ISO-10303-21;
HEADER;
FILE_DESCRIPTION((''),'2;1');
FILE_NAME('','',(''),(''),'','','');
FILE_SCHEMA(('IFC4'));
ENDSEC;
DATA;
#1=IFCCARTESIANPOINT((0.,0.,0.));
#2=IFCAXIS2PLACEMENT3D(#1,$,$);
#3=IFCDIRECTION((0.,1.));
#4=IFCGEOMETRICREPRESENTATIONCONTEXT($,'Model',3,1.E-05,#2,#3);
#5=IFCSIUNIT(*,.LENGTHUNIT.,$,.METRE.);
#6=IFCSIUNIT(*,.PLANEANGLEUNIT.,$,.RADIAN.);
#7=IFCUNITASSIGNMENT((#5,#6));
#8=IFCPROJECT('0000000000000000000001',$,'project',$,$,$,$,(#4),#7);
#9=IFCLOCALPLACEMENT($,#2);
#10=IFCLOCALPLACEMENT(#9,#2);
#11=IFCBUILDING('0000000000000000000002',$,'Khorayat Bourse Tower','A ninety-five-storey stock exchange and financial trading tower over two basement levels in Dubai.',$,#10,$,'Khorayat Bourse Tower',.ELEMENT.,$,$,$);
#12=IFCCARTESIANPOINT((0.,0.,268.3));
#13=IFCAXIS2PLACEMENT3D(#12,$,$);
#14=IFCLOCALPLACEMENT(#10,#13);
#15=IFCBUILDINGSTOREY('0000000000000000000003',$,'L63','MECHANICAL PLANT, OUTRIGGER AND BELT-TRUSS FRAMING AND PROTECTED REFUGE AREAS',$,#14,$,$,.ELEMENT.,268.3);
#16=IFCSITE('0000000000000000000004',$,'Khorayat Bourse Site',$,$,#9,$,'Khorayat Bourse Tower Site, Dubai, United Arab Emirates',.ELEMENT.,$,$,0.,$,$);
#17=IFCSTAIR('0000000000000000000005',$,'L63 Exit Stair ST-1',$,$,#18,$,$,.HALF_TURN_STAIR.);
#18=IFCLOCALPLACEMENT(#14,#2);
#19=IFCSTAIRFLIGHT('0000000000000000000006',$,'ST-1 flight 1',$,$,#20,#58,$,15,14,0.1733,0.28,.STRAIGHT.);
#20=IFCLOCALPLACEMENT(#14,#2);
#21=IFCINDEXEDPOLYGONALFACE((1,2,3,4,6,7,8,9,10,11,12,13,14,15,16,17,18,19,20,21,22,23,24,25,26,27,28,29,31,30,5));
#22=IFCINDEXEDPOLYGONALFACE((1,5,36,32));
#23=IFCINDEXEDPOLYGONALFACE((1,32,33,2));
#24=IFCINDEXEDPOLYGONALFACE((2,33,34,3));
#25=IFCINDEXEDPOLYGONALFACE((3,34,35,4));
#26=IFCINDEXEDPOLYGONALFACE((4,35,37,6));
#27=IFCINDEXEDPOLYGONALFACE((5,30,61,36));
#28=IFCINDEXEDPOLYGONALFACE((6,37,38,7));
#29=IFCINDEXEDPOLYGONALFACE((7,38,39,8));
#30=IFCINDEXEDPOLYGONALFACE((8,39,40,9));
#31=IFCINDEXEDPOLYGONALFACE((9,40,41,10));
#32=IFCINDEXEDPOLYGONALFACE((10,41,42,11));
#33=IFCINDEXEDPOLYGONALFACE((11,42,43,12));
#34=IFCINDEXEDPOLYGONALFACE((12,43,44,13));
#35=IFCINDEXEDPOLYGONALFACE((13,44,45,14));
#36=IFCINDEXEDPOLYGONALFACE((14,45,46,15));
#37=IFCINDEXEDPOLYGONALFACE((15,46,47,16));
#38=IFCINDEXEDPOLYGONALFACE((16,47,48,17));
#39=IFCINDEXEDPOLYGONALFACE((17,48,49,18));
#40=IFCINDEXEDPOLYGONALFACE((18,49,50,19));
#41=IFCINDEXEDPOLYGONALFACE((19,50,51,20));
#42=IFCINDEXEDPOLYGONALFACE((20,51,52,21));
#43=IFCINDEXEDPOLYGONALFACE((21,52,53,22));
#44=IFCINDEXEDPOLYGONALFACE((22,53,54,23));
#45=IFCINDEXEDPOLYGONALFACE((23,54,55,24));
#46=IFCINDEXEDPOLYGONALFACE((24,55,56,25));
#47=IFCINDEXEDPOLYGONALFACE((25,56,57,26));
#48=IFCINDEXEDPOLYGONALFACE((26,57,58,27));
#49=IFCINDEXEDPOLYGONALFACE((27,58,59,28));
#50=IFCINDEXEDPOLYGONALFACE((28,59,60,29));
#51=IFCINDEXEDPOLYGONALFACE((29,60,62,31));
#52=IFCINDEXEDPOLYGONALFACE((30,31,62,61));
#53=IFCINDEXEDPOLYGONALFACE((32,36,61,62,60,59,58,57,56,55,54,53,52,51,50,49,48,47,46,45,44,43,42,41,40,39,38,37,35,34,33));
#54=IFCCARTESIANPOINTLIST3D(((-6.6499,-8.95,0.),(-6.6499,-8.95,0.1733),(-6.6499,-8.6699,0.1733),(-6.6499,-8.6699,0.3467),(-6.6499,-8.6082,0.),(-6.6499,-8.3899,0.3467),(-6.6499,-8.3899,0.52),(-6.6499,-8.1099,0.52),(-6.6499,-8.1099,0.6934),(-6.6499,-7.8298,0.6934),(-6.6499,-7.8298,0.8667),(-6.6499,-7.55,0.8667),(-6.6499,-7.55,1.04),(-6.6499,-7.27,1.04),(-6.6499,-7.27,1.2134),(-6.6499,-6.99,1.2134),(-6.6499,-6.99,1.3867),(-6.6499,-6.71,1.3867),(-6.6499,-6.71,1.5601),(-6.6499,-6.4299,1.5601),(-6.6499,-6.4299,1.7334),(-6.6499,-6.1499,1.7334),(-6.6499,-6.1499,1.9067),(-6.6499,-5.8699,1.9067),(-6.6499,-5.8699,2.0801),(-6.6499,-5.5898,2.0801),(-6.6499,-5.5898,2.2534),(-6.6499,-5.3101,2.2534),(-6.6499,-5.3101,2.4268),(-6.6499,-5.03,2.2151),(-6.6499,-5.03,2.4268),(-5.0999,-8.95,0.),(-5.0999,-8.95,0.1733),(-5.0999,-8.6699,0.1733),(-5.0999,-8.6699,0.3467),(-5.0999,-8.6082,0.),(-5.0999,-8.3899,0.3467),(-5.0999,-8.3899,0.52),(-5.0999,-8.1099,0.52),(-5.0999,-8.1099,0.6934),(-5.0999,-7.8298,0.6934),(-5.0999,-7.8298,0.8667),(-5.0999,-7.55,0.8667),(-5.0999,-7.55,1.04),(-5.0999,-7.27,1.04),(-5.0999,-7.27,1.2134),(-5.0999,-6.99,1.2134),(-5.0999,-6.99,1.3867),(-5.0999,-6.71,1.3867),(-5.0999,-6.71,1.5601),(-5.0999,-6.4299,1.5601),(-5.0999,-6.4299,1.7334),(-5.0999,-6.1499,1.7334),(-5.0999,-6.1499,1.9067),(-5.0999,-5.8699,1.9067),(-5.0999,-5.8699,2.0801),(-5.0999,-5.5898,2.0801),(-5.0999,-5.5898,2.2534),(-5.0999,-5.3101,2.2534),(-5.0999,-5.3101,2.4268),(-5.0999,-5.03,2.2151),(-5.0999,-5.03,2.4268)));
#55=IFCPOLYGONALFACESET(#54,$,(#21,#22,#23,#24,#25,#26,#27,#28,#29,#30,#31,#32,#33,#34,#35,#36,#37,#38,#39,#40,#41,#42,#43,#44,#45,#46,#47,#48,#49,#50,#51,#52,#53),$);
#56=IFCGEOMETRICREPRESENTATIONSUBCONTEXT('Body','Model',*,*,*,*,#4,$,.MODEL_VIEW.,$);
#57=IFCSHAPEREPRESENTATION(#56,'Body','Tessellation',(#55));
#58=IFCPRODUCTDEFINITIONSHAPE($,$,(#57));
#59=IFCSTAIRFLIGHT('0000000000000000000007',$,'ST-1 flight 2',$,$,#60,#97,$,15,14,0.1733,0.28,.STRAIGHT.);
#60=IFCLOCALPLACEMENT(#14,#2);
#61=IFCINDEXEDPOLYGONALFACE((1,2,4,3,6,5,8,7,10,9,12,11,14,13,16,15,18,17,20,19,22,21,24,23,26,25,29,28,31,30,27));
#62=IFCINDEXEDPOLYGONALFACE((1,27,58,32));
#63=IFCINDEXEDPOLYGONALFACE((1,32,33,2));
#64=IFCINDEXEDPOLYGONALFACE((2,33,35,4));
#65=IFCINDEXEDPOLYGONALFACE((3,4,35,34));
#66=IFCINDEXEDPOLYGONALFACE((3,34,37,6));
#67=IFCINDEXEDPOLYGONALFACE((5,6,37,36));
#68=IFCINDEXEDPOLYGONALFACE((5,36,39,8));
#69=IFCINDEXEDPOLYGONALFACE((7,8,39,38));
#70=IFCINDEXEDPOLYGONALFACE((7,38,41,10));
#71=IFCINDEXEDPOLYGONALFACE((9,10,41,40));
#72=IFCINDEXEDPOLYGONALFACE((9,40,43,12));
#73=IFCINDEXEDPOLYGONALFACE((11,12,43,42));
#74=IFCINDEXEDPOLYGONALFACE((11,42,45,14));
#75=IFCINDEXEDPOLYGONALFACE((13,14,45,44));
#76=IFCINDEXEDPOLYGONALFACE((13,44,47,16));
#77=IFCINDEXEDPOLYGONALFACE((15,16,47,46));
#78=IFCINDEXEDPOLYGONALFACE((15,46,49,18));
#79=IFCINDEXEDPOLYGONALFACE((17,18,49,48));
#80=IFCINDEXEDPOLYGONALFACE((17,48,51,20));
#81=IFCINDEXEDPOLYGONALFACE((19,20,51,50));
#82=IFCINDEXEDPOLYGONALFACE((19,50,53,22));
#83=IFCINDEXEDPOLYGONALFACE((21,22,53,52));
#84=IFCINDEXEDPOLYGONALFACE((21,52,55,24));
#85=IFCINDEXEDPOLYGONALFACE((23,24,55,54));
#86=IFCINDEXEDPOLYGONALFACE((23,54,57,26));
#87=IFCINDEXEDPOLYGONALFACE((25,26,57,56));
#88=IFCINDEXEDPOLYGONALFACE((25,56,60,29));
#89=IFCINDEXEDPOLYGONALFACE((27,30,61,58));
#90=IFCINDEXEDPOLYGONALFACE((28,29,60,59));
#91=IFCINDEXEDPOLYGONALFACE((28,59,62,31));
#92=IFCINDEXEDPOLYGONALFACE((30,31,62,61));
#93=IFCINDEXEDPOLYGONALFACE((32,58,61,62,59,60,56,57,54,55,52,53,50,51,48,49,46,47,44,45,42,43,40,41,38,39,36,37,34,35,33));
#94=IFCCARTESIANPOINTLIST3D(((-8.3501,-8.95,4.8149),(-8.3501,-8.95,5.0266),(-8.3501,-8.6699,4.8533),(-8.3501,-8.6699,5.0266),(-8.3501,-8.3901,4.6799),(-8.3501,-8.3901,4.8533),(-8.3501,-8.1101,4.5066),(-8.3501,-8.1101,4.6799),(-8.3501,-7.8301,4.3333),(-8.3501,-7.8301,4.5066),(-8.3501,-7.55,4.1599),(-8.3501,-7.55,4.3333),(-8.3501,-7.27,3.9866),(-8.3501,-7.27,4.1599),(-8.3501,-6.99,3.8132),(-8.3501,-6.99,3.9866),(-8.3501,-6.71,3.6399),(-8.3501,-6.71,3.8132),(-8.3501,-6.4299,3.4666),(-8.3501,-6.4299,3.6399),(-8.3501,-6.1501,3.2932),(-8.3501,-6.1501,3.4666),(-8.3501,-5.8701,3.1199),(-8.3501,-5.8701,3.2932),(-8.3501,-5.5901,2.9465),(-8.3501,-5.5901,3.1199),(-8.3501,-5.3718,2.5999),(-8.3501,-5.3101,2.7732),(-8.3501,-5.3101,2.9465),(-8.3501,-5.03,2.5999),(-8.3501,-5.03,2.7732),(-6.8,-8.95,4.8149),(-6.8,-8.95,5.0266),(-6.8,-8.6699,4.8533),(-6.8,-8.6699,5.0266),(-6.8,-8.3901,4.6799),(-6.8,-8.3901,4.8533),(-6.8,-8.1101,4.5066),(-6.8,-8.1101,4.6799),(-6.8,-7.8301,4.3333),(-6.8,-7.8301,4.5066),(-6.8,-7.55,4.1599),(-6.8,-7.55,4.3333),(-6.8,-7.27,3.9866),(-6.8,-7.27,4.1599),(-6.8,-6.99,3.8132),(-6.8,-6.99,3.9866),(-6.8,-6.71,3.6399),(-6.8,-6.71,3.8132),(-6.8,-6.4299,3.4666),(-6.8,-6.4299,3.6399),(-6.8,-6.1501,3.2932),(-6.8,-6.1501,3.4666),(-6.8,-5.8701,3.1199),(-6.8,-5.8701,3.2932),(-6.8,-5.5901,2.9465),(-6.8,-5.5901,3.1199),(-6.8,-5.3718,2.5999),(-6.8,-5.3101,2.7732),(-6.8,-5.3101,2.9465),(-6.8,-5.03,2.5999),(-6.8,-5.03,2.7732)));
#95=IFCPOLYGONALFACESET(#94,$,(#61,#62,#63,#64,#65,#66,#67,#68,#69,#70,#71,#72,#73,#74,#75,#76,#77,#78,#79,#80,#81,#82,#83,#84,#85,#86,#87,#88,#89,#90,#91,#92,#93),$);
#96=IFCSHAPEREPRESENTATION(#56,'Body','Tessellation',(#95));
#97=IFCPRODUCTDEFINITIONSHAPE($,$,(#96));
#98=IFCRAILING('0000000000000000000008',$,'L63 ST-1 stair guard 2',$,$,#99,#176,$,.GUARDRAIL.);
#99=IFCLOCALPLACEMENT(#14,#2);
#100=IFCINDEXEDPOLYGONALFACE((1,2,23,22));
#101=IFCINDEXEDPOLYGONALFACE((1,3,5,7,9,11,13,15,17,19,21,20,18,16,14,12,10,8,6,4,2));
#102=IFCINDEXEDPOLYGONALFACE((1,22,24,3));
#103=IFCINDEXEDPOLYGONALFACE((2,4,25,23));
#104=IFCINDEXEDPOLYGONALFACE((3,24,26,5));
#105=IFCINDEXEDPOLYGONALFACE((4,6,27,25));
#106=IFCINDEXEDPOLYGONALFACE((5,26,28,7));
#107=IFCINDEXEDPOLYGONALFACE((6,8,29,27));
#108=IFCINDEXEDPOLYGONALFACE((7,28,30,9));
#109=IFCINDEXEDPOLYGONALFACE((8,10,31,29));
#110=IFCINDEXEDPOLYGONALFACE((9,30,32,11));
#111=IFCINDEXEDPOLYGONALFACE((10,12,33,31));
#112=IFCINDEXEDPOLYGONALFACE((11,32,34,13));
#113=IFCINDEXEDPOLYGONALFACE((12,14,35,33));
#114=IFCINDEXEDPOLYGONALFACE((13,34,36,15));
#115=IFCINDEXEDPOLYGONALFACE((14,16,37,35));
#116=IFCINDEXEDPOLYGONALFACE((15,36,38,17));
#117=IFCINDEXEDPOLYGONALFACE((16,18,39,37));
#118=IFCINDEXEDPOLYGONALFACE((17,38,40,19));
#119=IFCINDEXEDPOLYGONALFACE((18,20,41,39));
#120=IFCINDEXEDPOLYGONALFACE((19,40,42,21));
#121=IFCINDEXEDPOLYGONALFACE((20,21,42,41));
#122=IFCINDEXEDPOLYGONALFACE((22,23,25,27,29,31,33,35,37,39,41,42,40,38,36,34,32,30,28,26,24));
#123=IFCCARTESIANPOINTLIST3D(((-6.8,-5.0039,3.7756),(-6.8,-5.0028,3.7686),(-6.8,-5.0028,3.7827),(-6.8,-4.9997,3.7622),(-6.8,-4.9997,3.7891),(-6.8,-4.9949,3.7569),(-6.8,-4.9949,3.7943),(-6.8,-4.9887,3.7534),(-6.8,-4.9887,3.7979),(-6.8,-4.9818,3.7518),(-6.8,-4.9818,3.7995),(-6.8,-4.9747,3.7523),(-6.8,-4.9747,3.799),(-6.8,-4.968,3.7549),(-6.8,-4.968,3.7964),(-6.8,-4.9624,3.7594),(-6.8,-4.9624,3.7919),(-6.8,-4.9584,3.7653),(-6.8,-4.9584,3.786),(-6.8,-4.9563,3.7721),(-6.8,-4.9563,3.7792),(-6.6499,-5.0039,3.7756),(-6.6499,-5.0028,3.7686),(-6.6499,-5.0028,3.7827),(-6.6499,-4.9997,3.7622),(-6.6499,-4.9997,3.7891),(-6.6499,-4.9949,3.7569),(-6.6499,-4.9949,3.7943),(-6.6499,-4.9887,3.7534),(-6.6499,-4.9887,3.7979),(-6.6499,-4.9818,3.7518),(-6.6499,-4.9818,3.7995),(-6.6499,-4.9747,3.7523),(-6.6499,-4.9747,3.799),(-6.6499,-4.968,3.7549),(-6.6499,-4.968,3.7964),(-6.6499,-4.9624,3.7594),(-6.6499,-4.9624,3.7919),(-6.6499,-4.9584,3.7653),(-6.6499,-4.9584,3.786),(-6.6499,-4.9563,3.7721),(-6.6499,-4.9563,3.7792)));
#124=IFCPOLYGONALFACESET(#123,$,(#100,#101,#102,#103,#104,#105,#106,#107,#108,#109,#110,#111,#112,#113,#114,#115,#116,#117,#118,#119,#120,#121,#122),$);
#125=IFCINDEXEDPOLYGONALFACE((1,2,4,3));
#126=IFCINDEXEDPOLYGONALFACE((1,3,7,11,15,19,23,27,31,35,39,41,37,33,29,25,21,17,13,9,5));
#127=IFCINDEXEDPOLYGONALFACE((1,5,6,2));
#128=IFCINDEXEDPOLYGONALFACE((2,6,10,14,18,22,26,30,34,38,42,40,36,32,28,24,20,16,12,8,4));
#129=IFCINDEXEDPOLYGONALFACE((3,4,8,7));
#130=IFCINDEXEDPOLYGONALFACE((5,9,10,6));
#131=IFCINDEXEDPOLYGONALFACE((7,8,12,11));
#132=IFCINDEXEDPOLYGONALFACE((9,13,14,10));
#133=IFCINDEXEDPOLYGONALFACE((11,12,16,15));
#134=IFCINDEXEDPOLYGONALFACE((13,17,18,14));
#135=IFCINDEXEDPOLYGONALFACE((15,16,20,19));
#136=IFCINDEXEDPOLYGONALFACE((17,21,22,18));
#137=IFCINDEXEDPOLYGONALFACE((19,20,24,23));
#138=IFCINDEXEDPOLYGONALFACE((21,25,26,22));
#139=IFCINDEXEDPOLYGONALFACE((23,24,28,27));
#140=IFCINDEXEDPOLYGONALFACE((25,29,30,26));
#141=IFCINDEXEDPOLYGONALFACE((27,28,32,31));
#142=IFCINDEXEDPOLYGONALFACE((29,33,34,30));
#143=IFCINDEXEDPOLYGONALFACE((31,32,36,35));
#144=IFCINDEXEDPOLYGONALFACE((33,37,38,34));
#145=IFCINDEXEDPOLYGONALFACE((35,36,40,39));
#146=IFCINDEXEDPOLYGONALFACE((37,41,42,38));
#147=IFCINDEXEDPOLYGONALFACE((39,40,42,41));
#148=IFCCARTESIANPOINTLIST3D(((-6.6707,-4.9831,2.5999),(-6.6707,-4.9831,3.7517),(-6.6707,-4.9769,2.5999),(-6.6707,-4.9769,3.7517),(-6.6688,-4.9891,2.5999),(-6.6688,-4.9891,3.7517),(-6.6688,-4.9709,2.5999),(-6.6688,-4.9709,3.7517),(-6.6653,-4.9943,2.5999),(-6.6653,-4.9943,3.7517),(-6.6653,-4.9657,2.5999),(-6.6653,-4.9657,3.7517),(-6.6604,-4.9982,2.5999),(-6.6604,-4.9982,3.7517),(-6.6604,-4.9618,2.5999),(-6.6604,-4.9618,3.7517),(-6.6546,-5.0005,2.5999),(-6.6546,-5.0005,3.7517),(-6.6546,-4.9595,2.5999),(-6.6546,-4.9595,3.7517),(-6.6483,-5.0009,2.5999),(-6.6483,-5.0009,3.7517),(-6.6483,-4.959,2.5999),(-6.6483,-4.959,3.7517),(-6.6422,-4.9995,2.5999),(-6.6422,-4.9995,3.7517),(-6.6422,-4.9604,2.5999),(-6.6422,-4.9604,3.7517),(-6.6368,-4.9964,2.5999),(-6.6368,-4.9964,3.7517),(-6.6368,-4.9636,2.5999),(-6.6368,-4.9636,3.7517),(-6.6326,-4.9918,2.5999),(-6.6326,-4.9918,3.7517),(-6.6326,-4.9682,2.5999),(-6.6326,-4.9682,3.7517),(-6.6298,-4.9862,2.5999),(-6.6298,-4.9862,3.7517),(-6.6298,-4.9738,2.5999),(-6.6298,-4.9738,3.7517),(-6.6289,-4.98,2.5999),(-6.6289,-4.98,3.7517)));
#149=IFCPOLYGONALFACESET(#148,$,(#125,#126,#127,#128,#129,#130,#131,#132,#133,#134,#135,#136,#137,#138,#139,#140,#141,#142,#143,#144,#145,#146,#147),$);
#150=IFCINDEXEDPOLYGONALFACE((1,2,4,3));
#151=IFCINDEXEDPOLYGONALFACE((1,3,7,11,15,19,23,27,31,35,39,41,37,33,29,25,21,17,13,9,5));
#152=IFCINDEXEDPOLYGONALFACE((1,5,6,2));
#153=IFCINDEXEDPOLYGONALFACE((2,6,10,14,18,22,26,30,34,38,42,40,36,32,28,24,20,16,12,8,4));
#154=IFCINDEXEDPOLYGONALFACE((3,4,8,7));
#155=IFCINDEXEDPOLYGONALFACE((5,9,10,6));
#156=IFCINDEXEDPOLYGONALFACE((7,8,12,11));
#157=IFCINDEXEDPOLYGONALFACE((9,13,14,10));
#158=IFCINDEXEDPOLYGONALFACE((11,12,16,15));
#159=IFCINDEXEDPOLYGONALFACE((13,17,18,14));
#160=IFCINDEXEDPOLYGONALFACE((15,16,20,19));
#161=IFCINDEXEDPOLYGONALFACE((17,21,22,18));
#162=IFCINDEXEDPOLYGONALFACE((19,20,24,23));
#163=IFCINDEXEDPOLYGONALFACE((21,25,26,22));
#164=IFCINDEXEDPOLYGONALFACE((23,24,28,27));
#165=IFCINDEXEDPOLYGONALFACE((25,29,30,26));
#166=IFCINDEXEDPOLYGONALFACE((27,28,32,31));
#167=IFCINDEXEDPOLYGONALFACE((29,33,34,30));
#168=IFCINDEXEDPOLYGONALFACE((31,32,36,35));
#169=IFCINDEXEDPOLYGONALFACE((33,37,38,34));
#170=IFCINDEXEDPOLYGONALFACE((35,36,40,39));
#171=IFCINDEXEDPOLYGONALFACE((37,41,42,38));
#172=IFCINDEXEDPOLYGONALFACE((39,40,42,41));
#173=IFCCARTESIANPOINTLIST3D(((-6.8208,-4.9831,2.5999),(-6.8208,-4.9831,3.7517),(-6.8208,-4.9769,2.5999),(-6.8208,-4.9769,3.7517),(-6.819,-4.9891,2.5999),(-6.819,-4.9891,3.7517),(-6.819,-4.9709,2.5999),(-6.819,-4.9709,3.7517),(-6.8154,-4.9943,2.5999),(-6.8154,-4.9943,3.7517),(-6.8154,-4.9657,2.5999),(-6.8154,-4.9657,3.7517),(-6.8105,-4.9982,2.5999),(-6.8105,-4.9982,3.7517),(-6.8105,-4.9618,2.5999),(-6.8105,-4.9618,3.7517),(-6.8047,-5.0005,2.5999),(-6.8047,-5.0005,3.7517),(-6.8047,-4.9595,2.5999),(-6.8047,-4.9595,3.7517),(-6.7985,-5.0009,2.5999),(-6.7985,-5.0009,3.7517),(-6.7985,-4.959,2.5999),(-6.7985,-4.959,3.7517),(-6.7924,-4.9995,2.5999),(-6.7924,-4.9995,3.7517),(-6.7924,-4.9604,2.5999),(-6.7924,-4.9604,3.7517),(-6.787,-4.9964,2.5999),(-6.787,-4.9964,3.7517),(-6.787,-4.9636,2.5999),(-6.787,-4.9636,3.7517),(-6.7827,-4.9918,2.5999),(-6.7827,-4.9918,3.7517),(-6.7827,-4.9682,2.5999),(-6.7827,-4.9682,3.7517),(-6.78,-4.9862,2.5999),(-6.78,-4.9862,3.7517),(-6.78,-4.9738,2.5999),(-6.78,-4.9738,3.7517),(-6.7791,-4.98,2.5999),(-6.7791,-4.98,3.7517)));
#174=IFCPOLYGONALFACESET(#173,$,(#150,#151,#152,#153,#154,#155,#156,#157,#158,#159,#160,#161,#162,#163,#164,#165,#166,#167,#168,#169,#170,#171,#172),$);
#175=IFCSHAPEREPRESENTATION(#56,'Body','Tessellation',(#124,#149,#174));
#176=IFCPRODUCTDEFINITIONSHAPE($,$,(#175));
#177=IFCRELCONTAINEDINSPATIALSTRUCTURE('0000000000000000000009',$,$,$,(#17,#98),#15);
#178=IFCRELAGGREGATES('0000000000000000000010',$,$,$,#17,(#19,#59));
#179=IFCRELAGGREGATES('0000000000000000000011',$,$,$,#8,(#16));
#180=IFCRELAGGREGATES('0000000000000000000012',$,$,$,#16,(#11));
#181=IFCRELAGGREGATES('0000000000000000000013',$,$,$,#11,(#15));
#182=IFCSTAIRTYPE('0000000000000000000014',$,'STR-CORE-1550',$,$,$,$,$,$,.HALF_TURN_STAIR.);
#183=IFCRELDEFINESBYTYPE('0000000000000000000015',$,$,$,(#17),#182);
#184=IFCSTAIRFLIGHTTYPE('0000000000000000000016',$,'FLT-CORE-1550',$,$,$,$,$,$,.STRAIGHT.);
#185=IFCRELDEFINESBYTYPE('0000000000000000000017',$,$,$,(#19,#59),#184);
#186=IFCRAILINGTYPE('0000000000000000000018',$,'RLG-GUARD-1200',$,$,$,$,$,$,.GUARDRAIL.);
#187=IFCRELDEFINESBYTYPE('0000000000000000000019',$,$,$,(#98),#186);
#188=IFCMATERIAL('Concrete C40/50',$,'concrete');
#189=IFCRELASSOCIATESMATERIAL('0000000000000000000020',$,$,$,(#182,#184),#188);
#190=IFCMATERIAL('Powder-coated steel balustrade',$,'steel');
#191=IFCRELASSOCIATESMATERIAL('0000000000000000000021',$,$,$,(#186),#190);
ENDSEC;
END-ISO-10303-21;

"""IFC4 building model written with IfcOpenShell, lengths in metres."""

from ifc_helpers import new_model, si_unit, direction, frame, origin, origin_2d, place, context, subcontext, project, spatial, polyline, circle, outline, extrude, source, transform, mapped, material, type_object, element, aggregate, save


model = new_model("IFC4")

# Units and contexts
model_context = context("Model", 3, precision=1e-05, world=origin(), true_north=direction((0.0, 1.0)))
body_context = subcontext(model_context, "Body", "Model", "MODEL_VIEW")
ifc_project = project(units=[si_unit("LENGTHUNIT", "METRE"), si_unit("PLANEANGLEUNIT", "RADIAN")], contexts=[model_context])

# Site, building, storey
site_placement = place(None, origin())
site = spatial("IfcSite", under=ifc_project, at=site_placement, Name="Khorayat Bourse Site", LongName="Khorayat Bourse Tower Site, Dubai, United Arab Emirates", CompositionType="ELEMENT", RefElevation=0.0)
building_placement = place(site_placement, origin())
building = spatial("IfcBuilding", under=site, at=building_placement, Name="Khorayat Bourse Tower", Description="A ninety-five-storey stock exchange and financial trading tower over two basement levels in Dubai.", LongName="Khorayat Bourse Tower", CompositionType="ELEMENT")
storey_placement = place(building_placement, frame((0.0, 0.0, 268.3)))
storey = spatial("IfcBuildingStorey", under=building, at=storey_placement, Name="L63", Description="MECHANICAL PLANT, OUTRIGGER AND BELT-TRUSS FRAMING AND PROTECTED REFUGE AREAS", CompositionType="ELEMENT", Elevation=268.3)

# Stair, stair flights
ifc_material_1 = material(Name="Concrete C40/50", Category="concrete")
stair_type = type_object("IfcStairType", Name="STR-CORE-1550", PredefinedType="HALF_TURN_STAIR", material=ifc_material_1)
stair_placement = place(storey_placement, origin())
stair = element("IfcStair", 1, at=stair_placement, inside=storey, type_object=stair_type, Name="L63 Exit Stair ST-1", PredefinedType="HALF_TURN_STAIR")
stair_flight_type = type_object("IfcStairFlightType", Name="FLT-CORE-1550", PredefinedType="STRAIGHT", material=ifc_material_1)
shared_shape_1 = source(origin(), body_context, "Body", "SweptSolid", [
    extrude(outline(polyline([(0.0, 0.0), (0.0, 0.1733), (0.28, 0.1733), (0.28, 0.3467), (0.5601, 0.3467), (0.5601, 0.52), (0.8401, 0.52), (0.8401, 0.6934), (1.1201, 0.6934), (1.1201, 0.8667), (1.3999, 0.8667), (1.3999, 1.04), (1.6799, 1.04), (1.6799, 1.2134), (1.96, 1.2134), (1.96, 1.3867), (2.24, 1.3867), (2.24, 1.5601), (2.52, 1.5601), (2.52, 1.7334), (2.8, 1.7334), (2.8, 1.9067), (3.0801, 1.9067), (3.0801, 2.0801), (3.3601, 2.0801), (3.3601, 2.2534), (3.6399, 2.2534), (3.6399, 2.4268), (3.9199, 2.4268), (3.9199, 2.6001), (3.9199, 2.2151), (0.3418, 0.0), (0.0, 0.0)])), frame((0.0, 0.7749, 0.0), z_axis=(0.0, -1.0, 0.0), x_axis=(1.0, 0.0, 0.0)), (0.0, 0.0, 1.0), 1.55),
])
stair_flight_1_placement = place(storey_placement, frame((-5.875, -8.95, 0.0), z_axis=(0.0, 0.0, 1.0), x_axis=(0.0, 1.0, 0.0)))
stair_flight_1 = element("IfcStairFlight", 2, at=stair_flight_1_placement, type_object=stair_flight_type, Name="ST-1 flight 1", NumberOfRisers=15, NumberOfTreads=14, PredefinedType="STRAIGHT", RiserHeight=0.1733, TreadLength=0.28, context=body_context, shape_type="MappedRepresentation", body=[
    mapped(shared_shape_1, transform((0.0, 0.0, 0.0), scale=1.0)),
])
stair_flight_2_placement = place(storey_placement, frame((-7.575, -5.03, 2.5999), z_axis=(0.0, 0.0, 1.0), x_axis=(0.0, -1.0, 0.0)))
stair_flight_2 = element("IfcStairFlight", 3, at=stair_flight_2_placement, type_object=stair_flight_type, Name="ST-1 flight 2", NumberOfRisers=15, NumberOfTreads=14, PredefinedType="STRAIGHT", RiserHeight=0.1733, TreadLength=0.28, context=body_context, shape_type="MappedRepresentation", body=[
    mapped(shared_shape_1, transform((0.0, 0.0, 0.0), scale=1.0)),
])
aggregate(stair, [stair_flight_1, stair_flight_2])

# Railing
ifc_material_2 = material(Name="Powder-coated steel balustrade", Category="steel")
railing_type_1 = type_object("IfcRailingType", Name="RLG-GUARD-1200", PredefinedType="GUARDRAIL", material=ifc_material_2)
shared_shape_2 = source(origin(), body_context, "Body", "SweptSolid", [
    extrude(circle(Radius=0.0239, at=origin_2d()), frame((0.0, 0.0, 1.1758), z_axis=(-1.0, 0.0, 0.0), x_axis=(0.0, -1.0, 0.0)), (0.0, 0.0, 1.0), 0.1501),
    extrude(circle(Radius=0.021, at=origin_2d()), origin(), (0.0, 0.0, 1.0), 1.1519),
    extrude(circle(Radius=0.021, at=origin_2d()), frame((-0.1501, 0.0, 0.0)), (0.0, 0.0, 1.0), 1.1519),
])
for number, where, name in (
    (4, (-6.6499, -4.98, 2.5999), "L63 ST-1 stair guard 2"),
):
    element("IfcRailing", number, at=place(storey_placement, frame(where)), inside=storey, type_object=railing_type_1, Name=name, PredefinedType="GUARDRAIL", context=body_context, shape_type="MappedRepresentation", body=[
        mapped(shared_shape_2, transform((0.0, 0.0, 0.0), scale=1.0)),
    ])

save(model, "model.ifc")
